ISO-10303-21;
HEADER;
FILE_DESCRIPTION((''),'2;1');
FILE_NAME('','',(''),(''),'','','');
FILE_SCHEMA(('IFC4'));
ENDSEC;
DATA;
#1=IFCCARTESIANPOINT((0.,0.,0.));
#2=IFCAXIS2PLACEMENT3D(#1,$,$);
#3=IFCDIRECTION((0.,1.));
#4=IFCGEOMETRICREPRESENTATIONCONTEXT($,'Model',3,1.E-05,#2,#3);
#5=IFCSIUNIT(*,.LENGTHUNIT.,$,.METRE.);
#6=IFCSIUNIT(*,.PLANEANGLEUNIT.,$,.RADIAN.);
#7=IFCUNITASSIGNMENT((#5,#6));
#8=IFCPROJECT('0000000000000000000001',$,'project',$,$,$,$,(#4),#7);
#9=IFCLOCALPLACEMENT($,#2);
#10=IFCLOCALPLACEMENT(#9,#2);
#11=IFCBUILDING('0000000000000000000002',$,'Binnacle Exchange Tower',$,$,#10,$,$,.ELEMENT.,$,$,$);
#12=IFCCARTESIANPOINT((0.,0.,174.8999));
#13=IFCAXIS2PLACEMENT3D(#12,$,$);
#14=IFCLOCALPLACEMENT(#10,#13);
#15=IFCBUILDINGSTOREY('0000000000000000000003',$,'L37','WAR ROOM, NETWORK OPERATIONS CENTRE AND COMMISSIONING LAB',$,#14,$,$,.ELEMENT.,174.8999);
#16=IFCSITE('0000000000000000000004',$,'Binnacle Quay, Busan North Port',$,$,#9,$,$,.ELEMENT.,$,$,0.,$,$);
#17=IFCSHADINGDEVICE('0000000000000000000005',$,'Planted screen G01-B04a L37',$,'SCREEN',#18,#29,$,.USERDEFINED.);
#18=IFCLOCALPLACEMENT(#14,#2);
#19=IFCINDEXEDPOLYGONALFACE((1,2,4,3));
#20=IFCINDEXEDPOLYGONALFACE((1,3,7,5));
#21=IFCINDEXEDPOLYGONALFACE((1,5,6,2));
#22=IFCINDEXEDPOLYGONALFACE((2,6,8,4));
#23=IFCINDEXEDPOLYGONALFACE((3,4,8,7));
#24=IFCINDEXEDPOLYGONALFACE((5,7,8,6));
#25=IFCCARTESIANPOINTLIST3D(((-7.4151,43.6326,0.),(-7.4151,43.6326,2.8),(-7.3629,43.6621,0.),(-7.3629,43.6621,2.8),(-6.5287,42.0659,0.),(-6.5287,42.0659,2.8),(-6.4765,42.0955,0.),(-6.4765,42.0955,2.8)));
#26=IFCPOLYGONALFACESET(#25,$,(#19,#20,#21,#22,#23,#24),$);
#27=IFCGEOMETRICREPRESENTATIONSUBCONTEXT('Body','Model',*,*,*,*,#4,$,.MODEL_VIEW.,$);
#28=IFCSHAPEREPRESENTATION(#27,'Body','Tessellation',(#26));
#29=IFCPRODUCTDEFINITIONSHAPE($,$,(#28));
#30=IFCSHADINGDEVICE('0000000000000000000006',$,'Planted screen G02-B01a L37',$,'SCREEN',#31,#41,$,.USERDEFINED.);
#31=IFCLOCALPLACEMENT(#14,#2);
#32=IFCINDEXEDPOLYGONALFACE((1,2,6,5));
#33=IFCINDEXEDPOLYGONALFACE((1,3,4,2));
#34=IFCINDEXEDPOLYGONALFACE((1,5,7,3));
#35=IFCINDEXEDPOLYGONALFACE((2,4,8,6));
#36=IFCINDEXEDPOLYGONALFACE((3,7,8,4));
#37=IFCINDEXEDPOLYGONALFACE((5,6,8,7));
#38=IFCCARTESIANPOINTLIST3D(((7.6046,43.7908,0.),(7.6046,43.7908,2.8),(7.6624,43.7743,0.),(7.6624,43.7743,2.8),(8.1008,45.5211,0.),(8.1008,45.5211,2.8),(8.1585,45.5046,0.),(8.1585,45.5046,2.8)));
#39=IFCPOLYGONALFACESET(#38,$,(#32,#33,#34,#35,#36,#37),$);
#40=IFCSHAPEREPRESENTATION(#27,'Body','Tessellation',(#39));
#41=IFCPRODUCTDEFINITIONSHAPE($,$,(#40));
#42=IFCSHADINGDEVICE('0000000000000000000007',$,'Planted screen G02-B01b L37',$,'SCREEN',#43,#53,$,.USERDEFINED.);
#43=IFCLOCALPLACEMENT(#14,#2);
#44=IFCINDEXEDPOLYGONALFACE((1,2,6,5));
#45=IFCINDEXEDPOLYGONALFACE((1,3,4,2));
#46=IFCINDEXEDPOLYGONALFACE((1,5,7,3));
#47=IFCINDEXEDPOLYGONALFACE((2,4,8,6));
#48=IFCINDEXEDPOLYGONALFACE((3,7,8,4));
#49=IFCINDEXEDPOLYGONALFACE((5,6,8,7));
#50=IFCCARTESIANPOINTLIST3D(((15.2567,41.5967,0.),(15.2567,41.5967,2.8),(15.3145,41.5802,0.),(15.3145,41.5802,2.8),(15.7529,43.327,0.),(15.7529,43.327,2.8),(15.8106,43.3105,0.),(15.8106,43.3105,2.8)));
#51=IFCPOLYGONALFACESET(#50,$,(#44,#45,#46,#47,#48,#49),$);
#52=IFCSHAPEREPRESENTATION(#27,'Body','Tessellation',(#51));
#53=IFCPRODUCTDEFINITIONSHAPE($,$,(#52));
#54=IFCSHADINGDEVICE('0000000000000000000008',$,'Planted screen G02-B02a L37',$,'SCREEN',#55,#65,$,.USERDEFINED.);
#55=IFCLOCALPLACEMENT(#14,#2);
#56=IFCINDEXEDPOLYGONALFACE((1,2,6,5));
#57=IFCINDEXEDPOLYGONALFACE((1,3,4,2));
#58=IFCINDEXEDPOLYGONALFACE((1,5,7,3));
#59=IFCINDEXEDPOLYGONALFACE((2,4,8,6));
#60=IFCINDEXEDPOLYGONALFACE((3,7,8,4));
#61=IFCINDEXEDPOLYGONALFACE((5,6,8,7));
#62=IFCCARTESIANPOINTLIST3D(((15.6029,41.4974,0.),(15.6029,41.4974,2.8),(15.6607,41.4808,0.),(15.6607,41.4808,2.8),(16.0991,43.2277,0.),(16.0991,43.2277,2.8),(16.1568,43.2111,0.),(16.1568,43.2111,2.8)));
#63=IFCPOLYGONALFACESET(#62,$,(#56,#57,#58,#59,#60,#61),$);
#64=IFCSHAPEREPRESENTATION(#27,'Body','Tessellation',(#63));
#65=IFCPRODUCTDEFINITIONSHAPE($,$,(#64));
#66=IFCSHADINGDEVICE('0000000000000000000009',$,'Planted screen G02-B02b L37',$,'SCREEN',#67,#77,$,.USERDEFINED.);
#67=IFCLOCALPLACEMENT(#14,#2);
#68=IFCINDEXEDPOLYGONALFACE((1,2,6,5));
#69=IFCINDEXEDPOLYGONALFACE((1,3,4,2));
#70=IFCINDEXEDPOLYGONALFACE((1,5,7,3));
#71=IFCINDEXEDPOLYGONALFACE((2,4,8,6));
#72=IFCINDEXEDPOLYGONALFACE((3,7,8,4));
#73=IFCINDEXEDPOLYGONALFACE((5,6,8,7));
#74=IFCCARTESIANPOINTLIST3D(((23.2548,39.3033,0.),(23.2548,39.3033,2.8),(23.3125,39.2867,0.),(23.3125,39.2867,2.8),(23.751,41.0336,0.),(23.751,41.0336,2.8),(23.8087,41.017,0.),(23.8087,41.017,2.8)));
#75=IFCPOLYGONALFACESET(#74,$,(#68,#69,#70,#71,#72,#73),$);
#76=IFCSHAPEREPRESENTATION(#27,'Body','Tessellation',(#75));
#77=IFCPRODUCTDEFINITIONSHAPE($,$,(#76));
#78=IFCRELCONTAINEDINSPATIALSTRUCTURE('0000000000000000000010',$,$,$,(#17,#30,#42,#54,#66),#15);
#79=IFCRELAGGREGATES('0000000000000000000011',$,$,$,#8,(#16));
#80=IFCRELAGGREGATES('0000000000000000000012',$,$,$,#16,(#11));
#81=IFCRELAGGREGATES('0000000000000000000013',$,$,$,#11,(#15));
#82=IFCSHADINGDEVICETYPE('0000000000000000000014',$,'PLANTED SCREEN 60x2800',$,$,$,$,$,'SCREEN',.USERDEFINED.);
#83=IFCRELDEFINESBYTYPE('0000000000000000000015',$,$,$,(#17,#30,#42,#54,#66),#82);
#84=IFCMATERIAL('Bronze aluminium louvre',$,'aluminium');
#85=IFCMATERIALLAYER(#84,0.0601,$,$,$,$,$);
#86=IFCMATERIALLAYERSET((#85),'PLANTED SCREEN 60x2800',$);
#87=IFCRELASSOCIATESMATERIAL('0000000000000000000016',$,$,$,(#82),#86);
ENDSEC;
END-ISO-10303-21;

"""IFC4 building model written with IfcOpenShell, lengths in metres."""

from ifc_helpers import new_model, si_unit, direction, frame, origin, origin_2d, place, context, subcontext, project, spatial, rectangle, extrude, material, layer, layer_set, type_object, element, save


model = new_model("IFC4")

# Units and contexts
model_context = context("Model", 3, precision=1e-05, world=origin(), true_north=direction((0.0, 1.0)))
body_context = subcontext(model_context, "Body", "Model", "MODEL_VIEW")
ifc_project = project(units=[si_unit("LENGTHUNIT", "METRE"), si_unit("PLANEANGLEUNIT", "RADIAN")], contexts=[model_context])

# Site, building, storey
site_placement = place(None, origin())
site = spatial("IfcSite", under=ifc_project, at=site_placement, Name="Binnacle Quay, Busan North Port", CompositionType="ELEMENT", RefElevation=0.0)
building_placement = place(site_placement, origin())
building = spatial("IfcBuilding", under=site, at=building_placement, Name="Binnacle Exchange Tower", CompositionType="ELEMENT")
storey_placement = place(building_placement, frame((0.0, 0.0, 174.8999)))
storey = spatial("IfcBuildingStorey", under=building, at=storey_placement, Name="L37", Description="WAR ROOM, NETWORK OPERATIONS CENTRE AND COMMISSIONING LAB", CompositionType="ELEMENT", Elevation=174.8999)

# Shading devices
ifc_material_1 = material(Name="Bronze aluminium louvre", Category="aluminium")
ifc_layer_1 = layer(ifc_material_1, 0.0601)
ifc_layer_set_1 = layer_set([ifc_layer_1], Name="PLANTED SCREEN 60x2800")
shading_device_type = type_object("IfcShadingDeviceType", Name="PLANTED SCREEN 60x2800", ElementType="SCREEN", PredefinedType="USERDEFINED", material=ifc_layer_set_1)
for number, where, z_axis, x_axis, name in (
    (1, (-6.9458, 42.864, 0.0), (0.0, 0.0, 1.0), (0.870356, 0.492424, 0.0), "Planted screen G01-B04a L37"),
    (2, (7.8816, 44.6477, 0.0), (0.0, 0.0, 1.0), (0.961262, -0.275637, 0.0), "Planted screen G02-B01a L37"),
    (3, (15.5337, 42.4536, 0.0), (0.0, 0.0, 1.0), (0.961262, -0.275637, 0.0), "Planted screen G02-B01b L37"),
    (4, (15.8799, 42.3542, 0.0), (0.0, 0.0, 1.0), (0.961262, -0.275637, 0.0), "Planted screen G02-B02a L37"),
    (5, (23.5317, 40.1602, 0.0), (0.0, 0.0, 1.0), (0.961262, -0.275637, 0.0), "Planted screen G02-B02b L37"),
):
    element("IfcShadingDevice", number, at=place(storey_placement, frame(where, z_axis=z_axis, x_axis=x_axis)), inside=storey, type_object=shading_device_type, Name=name, ObjectType="SCREEN", PredefinedType="USERDEFINED", context=body_context, shape_type="SweptSolid", body=[
        extrude(rectangle(XDim=0.0601, YDim=1.8, at=origin_2d()), origin(), (0.0, 0.0, 1.0), 2.8),
    ])

save(model, "model.ifc")
